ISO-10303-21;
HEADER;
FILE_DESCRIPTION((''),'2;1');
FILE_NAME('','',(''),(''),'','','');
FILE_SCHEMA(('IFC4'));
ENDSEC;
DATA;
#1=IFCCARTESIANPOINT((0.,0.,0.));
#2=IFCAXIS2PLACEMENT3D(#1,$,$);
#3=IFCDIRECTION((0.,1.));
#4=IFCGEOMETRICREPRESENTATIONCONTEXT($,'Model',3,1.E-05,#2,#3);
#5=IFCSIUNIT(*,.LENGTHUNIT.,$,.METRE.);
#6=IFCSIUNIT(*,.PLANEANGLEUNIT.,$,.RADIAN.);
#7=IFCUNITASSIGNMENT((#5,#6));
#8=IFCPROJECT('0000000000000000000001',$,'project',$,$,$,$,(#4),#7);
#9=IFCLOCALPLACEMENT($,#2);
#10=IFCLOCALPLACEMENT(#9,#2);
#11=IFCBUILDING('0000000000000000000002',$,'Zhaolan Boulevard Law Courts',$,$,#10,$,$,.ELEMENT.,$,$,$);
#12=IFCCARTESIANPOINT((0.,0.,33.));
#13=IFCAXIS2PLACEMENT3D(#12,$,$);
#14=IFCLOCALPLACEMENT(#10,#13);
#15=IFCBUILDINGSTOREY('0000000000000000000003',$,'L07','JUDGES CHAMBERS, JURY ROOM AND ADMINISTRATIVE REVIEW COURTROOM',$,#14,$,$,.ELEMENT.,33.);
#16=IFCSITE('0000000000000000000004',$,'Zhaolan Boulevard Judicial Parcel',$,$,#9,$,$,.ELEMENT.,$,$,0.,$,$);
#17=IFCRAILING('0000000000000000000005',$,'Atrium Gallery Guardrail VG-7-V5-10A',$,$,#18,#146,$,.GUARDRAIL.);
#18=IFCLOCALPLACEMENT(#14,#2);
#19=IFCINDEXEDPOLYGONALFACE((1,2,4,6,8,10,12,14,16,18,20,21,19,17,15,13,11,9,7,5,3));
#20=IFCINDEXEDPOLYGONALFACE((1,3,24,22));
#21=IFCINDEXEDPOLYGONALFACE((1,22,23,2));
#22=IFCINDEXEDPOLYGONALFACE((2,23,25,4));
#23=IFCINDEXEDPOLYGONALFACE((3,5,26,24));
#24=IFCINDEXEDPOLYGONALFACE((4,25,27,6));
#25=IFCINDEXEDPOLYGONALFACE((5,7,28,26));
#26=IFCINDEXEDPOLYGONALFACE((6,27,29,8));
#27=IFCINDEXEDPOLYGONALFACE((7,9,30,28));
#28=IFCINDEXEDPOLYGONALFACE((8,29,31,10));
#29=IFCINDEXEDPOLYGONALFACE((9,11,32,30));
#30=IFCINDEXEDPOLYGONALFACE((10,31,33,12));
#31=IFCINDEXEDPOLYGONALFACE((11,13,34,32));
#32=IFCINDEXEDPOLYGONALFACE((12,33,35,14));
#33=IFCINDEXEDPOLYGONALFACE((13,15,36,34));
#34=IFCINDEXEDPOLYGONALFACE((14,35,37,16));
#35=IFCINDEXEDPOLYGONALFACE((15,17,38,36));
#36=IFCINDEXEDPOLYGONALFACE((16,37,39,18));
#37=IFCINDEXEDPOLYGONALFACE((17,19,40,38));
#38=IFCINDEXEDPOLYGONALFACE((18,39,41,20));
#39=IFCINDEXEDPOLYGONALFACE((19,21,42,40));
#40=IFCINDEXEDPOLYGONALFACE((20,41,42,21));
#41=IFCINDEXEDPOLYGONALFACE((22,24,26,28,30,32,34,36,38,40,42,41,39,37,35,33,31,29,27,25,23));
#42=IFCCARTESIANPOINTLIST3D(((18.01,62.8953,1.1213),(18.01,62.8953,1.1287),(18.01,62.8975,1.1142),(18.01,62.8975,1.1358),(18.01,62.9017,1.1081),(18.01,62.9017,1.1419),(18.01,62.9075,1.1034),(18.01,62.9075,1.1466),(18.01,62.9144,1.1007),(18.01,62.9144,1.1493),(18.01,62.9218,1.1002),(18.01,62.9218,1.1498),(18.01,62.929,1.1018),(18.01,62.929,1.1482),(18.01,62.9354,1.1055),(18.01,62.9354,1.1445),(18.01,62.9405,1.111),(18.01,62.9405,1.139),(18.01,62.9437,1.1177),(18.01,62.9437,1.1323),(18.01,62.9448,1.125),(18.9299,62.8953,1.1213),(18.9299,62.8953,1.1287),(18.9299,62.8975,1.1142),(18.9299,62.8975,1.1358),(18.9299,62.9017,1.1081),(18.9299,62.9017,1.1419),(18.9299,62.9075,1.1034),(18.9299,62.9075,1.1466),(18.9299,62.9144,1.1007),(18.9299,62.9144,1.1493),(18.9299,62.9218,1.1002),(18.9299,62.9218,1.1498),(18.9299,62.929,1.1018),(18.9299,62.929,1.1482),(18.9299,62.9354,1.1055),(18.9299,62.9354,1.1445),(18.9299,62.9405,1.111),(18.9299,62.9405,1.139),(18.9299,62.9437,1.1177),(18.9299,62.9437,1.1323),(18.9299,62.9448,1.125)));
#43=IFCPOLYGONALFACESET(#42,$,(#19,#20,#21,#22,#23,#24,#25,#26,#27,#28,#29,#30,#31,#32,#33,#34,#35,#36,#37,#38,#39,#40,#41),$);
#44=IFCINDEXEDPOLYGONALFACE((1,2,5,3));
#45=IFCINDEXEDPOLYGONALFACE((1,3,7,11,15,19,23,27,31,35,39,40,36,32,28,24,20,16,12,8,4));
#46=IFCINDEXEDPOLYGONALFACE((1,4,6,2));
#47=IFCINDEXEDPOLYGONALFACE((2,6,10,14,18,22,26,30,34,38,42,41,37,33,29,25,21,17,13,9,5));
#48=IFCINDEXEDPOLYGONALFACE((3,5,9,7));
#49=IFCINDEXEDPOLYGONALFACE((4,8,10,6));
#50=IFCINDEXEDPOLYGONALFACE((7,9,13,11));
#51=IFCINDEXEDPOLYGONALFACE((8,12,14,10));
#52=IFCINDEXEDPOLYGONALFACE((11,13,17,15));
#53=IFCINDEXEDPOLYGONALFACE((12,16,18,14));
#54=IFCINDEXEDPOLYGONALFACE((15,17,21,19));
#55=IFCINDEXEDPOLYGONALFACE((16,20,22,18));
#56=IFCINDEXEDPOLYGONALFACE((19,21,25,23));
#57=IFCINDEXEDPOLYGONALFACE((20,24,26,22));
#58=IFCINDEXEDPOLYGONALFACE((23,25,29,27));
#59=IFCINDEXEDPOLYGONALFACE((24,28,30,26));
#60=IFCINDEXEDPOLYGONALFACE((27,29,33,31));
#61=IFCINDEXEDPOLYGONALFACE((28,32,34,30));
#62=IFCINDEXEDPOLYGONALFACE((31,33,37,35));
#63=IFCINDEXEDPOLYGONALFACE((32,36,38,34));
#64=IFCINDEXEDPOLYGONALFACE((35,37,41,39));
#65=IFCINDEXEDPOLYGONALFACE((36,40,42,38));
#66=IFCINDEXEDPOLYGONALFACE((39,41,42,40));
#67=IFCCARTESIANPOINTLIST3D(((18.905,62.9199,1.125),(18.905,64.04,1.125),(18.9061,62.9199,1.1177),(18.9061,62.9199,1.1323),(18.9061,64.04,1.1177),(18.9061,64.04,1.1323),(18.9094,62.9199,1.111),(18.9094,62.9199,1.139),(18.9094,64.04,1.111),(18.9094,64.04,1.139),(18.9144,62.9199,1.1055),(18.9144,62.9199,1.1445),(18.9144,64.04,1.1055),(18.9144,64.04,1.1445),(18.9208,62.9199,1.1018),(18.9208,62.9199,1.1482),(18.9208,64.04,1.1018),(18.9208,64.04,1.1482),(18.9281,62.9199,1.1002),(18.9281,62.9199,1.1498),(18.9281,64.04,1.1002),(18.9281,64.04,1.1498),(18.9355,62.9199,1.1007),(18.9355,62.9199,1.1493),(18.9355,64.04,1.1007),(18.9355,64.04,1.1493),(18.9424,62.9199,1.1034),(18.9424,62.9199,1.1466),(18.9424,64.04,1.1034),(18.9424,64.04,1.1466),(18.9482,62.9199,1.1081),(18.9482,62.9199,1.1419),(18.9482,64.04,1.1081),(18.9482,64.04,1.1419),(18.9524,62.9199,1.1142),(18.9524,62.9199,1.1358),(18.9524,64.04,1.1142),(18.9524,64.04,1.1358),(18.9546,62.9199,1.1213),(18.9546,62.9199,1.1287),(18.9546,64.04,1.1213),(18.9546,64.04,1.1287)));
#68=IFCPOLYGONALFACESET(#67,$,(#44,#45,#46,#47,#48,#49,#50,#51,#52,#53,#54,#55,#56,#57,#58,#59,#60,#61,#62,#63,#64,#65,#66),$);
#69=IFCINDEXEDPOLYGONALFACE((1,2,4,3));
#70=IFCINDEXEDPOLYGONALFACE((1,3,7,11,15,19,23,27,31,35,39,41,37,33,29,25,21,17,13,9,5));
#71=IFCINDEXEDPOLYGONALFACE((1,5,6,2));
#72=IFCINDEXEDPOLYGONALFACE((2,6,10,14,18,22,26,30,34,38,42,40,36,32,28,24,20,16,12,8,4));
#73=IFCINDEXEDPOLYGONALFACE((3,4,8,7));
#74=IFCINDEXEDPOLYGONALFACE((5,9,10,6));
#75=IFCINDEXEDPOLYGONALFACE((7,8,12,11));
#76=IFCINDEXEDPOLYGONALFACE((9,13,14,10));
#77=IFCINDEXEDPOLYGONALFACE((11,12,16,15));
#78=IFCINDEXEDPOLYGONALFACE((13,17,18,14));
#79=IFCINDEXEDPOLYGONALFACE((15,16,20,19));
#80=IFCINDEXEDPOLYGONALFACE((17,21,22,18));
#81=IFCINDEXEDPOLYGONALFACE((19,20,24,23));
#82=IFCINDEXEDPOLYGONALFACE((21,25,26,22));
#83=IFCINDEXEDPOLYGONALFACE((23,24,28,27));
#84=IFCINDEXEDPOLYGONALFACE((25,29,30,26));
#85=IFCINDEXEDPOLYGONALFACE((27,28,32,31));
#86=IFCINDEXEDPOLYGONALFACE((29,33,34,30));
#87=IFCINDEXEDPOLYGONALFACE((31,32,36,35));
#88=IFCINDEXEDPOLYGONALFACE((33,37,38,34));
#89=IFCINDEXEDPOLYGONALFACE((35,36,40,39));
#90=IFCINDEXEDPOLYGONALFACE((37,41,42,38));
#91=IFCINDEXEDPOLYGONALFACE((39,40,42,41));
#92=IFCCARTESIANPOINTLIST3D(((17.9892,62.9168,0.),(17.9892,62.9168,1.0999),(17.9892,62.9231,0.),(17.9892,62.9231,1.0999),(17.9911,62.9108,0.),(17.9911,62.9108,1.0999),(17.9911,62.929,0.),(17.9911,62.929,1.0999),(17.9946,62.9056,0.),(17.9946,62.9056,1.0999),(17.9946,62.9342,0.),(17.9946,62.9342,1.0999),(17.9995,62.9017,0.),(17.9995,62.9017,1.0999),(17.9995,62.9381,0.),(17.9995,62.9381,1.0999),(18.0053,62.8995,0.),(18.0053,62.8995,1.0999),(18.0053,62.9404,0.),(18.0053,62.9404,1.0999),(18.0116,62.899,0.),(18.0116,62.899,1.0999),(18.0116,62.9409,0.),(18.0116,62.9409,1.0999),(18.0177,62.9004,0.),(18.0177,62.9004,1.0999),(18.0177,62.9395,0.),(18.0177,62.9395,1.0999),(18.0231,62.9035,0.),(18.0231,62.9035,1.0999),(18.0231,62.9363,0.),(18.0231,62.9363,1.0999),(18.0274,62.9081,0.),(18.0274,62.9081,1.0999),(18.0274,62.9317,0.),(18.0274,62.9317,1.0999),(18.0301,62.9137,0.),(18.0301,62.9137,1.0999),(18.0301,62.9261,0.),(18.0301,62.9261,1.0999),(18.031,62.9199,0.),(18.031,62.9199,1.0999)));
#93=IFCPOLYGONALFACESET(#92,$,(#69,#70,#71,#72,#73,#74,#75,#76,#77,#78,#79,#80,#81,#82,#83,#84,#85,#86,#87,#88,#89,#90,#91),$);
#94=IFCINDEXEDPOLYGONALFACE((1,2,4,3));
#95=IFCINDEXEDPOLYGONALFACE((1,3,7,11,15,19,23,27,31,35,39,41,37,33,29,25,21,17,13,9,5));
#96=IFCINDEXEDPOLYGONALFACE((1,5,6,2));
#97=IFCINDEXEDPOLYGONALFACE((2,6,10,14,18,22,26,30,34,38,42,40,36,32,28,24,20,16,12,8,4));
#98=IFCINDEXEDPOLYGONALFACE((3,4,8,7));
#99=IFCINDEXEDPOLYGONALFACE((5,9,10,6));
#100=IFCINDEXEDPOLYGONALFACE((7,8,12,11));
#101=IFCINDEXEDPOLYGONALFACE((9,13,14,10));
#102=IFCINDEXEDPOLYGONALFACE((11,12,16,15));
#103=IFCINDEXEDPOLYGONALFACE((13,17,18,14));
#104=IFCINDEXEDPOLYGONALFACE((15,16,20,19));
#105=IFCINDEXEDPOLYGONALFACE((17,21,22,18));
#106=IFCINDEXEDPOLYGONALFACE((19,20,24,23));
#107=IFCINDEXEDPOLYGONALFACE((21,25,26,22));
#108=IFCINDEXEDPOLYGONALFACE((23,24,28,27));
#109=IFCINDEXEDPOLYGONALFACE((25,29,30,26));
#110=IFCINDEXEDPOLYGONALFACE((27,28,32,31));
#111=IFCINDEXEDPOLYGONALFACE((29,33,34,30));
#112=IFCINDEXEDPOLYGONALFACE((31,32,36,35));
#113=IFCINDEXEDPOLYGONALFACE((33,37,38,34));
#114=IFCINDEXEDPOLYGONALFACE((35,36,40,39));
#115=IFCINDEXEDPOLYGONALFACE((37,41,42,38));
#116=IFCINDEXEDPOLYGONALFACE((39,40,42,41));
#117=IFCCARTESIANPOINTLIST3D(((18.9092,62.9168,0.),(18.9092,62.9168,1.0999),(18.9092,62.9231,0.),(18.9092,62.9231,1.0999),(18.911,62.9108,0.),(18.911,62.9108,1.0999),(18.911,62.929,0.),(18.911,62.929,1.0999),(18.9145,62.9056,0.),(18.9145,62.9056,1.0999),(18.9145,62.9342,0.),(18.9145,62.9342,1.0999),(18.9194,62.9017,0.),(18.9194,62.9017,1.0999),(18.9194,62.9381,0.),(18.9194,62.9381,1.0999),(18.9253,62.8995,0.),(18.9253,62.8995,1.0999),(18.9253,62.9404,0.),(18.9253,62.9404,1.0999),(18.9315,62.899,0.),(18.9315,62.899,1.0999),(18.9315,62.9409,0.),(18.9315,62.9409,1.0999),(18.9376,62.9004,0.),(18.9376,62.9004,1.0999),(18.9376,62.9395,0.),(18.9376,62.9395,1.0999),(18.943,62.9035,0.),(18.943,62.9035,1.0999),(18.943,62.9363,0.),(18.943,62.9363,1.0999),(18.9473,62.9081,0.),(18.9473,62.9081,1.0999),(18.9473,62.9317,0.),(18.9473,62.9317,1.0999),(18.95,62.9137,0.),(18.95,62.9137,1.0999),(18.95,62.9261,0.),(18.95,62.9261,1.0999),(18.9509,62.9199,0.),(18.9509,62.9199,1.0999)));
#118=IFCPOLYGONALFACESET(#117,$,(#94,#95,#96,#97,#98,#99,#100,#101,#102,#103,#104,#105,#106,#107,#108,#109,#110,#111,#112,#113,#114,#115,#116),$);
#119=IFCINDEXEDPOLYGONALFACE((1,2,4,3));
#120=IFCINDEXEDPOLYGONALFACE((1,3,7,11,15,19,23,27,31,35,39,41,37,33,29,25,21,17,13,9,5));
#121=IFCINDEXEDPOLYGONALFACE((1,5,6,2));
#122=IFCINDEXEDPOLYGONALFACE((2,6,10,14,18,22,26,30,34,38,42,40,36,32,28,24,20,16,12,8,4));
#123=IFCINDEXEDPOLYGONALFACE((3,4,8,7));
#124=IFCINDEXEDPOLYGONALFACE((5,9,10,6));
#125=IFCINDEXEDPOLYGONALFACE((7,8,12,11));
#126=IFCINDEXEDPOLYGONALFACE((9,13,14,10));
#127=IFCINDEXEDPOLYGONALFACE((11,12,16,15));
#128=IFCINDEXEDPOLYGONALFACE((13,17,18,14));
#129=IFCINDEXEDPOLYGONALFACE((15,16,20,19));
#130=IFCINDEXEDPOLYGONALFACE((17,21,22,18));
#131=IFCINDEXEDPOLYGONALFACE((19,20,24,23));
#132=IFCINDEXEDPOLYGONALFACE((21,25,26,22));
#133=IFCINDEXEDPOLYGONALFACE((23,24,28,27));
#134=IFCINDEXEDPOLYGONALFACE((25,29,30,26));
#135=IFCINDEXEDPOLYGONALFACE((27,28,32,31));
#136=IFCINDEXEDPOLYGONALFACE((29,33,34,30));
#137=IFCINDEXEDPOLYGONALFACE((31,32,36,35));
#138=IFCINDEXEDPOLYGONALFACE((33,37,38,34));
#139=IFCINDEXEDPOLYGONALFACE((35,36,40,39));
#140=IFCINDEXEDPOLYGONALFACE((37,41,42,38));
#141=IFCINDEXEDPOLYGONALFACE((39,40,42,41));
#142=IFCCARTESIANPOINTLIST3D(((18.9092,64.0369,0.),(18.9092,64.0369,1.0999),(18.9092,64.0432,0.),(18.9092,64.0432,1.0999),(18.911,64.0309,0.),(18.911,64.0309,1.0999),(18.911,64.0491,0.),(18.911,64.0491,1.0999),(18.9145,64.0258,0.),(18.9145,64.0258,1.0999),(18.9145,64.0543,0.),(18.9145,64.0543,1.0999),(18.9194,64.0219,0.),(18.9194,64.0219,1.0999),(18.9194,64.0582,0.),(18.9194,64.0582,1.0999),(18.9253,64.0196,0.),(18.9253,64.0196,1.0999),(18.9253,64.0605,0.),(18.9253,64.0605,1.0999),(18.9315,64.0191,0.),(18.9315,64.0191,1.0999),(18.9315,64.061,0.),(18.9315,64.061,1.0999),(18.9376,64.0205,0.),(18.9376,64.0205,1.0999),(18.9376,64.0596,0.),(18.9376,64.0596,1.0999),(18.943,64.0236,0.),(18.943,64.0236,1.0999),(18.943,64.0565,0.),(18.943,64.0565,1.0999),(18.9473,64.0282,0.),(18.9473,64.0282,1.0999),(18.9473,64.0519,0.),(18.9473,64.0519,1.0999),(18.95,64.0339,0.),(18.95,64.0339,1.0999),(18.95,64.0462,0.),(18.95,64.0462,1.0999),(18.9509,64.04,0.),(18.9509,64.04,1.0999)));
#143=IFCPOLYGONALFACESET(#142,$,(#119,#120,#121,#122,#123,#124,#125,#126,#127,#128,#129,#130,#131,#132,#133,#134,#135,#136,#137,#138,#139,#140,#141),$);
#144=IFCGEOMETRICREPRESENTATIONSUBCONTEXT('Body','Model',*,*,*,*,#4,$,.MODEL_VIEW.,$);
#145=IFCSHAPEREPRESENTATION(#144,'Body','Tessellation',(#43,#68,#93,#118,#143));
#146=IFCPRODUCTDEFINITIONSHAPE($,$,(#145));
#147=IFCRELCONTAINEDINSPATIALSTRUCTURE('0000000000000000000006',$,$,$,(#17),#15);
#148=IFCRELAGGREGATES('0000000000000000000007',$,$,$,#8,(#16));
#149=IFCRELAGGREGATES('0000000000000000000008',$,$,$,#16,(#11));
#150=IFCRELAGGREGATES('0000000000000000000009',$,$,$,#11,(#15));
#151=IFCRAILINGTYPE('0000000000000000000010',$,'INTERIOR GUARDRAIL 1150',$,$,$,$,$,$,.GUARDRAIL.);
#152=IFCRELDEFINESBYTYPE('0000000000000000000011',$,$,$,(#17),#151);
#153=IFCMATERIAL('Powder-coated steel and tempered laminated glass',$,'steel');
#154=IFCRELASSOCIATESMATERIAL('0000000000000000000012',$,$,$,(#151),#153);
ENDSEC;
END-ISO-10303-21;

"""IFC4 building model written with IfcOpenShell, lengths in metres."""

from ifc_helpers import new_model, si_unit, direction, frame, origin, origin_2d, place, context, subcontext, project, spatial, circle, extrude, material, type_object, element, save


model = new_model("IFC4")

# Units and contexts
model_context = context("Model", 3, precision=1e-05, world=origin(), true_north=direction((0.0, 1.0)))
body_context = subcontext(model_context, "Body", "Model", "MODEL_VIEW")
ifc_project = project(units=[si_unit("LENGTHUNIT", "METRE"), si_unit("PLANEANGLEUNIT", "RADIAN")], contexts=[model_context])

# Site, building, storey
site_placement = place(None, origin())
site = spatial("IfcSite", under=ifc_project, at=site_placement, Name="Zhaolan Boulevard Judicial Parcel", CompositionType="ELEMENT", RefElevation=0.0)
building_placement = place(site_placement, origin())
building = spatial("IfcBuilding", under=site, at=building_placement, Name="Zhaolan Boulevard Law Courts", CompositionType="ELEMENT")
storey_placement = place(building_placement, frame((0.0, 0.0, 33.0)))
storey = spatial("IfcBuildingStorey", under=building, at=storey_placement, Name="L07", Description="JUDGES CHAMBERS, JURY ROOM AND ADMINISTRATIVE REVIEW COURTROOM", CompositionType="ELEMENT", Elevation=33.0)

# Railing
ifc_material_1 = material(Name="Powder-coated steel and tempered laminated glass", Category="steel")
railing_type_1 = type_object("IfcRailingType", Name="INTERIOR GUARDRAIL 1150", PredefinedType="GUARDRAIL", material=ifc_material_1)
railing_1_placement = place(storey_placement, frame((18.01, 62.9199, 0.0)))
element("IfcRailing", 1, at=railing_1_placement, inside=storey, type_object=railing_type_1, Name="Atrium Gallery Guardrail VG-7-V5-10A", PredefinedType="GUARDRAIL", context=body_context, shape_type="SweptSolid", body=[
    extrude(circle(Radius=0.0249, at=origin_2d()), frame((0.0, 0.0, 1.125), z_axis=(1.0, 0.0, 0.0), x_axis=(0.0, 1.0, 0.0)), (0.0, 0.0, 1.0), 0.9199),
    extrude(circle(Radius=0.0249, at=origin_2d()), frame((0.9199, 0.0, 1.125), z_axis=(0.0, 1.0, 0.0), x_axis=(-1.0, 0.0, 0.0)), (0.0, 0.0, 1.0), 1.1201),
    extrude(circle(Radius=0.021, at=origin_2d()), origin(), (0.0, 0.0, 1.0), 1.0999),
    extrude(circle(Radius=0.021, at=origin_2d()), frame((0.9199, 0.0, 0.0)), (0.0, 0.0, 1.0), 1.0999),
    extrude(circle(Radius=0.021, at=origin_2d()), frame((0.9199, 1.1201, 0.0)), (0.0, 0.0, 1.0), 1.0999),
])

save(model, "model.ifc")
